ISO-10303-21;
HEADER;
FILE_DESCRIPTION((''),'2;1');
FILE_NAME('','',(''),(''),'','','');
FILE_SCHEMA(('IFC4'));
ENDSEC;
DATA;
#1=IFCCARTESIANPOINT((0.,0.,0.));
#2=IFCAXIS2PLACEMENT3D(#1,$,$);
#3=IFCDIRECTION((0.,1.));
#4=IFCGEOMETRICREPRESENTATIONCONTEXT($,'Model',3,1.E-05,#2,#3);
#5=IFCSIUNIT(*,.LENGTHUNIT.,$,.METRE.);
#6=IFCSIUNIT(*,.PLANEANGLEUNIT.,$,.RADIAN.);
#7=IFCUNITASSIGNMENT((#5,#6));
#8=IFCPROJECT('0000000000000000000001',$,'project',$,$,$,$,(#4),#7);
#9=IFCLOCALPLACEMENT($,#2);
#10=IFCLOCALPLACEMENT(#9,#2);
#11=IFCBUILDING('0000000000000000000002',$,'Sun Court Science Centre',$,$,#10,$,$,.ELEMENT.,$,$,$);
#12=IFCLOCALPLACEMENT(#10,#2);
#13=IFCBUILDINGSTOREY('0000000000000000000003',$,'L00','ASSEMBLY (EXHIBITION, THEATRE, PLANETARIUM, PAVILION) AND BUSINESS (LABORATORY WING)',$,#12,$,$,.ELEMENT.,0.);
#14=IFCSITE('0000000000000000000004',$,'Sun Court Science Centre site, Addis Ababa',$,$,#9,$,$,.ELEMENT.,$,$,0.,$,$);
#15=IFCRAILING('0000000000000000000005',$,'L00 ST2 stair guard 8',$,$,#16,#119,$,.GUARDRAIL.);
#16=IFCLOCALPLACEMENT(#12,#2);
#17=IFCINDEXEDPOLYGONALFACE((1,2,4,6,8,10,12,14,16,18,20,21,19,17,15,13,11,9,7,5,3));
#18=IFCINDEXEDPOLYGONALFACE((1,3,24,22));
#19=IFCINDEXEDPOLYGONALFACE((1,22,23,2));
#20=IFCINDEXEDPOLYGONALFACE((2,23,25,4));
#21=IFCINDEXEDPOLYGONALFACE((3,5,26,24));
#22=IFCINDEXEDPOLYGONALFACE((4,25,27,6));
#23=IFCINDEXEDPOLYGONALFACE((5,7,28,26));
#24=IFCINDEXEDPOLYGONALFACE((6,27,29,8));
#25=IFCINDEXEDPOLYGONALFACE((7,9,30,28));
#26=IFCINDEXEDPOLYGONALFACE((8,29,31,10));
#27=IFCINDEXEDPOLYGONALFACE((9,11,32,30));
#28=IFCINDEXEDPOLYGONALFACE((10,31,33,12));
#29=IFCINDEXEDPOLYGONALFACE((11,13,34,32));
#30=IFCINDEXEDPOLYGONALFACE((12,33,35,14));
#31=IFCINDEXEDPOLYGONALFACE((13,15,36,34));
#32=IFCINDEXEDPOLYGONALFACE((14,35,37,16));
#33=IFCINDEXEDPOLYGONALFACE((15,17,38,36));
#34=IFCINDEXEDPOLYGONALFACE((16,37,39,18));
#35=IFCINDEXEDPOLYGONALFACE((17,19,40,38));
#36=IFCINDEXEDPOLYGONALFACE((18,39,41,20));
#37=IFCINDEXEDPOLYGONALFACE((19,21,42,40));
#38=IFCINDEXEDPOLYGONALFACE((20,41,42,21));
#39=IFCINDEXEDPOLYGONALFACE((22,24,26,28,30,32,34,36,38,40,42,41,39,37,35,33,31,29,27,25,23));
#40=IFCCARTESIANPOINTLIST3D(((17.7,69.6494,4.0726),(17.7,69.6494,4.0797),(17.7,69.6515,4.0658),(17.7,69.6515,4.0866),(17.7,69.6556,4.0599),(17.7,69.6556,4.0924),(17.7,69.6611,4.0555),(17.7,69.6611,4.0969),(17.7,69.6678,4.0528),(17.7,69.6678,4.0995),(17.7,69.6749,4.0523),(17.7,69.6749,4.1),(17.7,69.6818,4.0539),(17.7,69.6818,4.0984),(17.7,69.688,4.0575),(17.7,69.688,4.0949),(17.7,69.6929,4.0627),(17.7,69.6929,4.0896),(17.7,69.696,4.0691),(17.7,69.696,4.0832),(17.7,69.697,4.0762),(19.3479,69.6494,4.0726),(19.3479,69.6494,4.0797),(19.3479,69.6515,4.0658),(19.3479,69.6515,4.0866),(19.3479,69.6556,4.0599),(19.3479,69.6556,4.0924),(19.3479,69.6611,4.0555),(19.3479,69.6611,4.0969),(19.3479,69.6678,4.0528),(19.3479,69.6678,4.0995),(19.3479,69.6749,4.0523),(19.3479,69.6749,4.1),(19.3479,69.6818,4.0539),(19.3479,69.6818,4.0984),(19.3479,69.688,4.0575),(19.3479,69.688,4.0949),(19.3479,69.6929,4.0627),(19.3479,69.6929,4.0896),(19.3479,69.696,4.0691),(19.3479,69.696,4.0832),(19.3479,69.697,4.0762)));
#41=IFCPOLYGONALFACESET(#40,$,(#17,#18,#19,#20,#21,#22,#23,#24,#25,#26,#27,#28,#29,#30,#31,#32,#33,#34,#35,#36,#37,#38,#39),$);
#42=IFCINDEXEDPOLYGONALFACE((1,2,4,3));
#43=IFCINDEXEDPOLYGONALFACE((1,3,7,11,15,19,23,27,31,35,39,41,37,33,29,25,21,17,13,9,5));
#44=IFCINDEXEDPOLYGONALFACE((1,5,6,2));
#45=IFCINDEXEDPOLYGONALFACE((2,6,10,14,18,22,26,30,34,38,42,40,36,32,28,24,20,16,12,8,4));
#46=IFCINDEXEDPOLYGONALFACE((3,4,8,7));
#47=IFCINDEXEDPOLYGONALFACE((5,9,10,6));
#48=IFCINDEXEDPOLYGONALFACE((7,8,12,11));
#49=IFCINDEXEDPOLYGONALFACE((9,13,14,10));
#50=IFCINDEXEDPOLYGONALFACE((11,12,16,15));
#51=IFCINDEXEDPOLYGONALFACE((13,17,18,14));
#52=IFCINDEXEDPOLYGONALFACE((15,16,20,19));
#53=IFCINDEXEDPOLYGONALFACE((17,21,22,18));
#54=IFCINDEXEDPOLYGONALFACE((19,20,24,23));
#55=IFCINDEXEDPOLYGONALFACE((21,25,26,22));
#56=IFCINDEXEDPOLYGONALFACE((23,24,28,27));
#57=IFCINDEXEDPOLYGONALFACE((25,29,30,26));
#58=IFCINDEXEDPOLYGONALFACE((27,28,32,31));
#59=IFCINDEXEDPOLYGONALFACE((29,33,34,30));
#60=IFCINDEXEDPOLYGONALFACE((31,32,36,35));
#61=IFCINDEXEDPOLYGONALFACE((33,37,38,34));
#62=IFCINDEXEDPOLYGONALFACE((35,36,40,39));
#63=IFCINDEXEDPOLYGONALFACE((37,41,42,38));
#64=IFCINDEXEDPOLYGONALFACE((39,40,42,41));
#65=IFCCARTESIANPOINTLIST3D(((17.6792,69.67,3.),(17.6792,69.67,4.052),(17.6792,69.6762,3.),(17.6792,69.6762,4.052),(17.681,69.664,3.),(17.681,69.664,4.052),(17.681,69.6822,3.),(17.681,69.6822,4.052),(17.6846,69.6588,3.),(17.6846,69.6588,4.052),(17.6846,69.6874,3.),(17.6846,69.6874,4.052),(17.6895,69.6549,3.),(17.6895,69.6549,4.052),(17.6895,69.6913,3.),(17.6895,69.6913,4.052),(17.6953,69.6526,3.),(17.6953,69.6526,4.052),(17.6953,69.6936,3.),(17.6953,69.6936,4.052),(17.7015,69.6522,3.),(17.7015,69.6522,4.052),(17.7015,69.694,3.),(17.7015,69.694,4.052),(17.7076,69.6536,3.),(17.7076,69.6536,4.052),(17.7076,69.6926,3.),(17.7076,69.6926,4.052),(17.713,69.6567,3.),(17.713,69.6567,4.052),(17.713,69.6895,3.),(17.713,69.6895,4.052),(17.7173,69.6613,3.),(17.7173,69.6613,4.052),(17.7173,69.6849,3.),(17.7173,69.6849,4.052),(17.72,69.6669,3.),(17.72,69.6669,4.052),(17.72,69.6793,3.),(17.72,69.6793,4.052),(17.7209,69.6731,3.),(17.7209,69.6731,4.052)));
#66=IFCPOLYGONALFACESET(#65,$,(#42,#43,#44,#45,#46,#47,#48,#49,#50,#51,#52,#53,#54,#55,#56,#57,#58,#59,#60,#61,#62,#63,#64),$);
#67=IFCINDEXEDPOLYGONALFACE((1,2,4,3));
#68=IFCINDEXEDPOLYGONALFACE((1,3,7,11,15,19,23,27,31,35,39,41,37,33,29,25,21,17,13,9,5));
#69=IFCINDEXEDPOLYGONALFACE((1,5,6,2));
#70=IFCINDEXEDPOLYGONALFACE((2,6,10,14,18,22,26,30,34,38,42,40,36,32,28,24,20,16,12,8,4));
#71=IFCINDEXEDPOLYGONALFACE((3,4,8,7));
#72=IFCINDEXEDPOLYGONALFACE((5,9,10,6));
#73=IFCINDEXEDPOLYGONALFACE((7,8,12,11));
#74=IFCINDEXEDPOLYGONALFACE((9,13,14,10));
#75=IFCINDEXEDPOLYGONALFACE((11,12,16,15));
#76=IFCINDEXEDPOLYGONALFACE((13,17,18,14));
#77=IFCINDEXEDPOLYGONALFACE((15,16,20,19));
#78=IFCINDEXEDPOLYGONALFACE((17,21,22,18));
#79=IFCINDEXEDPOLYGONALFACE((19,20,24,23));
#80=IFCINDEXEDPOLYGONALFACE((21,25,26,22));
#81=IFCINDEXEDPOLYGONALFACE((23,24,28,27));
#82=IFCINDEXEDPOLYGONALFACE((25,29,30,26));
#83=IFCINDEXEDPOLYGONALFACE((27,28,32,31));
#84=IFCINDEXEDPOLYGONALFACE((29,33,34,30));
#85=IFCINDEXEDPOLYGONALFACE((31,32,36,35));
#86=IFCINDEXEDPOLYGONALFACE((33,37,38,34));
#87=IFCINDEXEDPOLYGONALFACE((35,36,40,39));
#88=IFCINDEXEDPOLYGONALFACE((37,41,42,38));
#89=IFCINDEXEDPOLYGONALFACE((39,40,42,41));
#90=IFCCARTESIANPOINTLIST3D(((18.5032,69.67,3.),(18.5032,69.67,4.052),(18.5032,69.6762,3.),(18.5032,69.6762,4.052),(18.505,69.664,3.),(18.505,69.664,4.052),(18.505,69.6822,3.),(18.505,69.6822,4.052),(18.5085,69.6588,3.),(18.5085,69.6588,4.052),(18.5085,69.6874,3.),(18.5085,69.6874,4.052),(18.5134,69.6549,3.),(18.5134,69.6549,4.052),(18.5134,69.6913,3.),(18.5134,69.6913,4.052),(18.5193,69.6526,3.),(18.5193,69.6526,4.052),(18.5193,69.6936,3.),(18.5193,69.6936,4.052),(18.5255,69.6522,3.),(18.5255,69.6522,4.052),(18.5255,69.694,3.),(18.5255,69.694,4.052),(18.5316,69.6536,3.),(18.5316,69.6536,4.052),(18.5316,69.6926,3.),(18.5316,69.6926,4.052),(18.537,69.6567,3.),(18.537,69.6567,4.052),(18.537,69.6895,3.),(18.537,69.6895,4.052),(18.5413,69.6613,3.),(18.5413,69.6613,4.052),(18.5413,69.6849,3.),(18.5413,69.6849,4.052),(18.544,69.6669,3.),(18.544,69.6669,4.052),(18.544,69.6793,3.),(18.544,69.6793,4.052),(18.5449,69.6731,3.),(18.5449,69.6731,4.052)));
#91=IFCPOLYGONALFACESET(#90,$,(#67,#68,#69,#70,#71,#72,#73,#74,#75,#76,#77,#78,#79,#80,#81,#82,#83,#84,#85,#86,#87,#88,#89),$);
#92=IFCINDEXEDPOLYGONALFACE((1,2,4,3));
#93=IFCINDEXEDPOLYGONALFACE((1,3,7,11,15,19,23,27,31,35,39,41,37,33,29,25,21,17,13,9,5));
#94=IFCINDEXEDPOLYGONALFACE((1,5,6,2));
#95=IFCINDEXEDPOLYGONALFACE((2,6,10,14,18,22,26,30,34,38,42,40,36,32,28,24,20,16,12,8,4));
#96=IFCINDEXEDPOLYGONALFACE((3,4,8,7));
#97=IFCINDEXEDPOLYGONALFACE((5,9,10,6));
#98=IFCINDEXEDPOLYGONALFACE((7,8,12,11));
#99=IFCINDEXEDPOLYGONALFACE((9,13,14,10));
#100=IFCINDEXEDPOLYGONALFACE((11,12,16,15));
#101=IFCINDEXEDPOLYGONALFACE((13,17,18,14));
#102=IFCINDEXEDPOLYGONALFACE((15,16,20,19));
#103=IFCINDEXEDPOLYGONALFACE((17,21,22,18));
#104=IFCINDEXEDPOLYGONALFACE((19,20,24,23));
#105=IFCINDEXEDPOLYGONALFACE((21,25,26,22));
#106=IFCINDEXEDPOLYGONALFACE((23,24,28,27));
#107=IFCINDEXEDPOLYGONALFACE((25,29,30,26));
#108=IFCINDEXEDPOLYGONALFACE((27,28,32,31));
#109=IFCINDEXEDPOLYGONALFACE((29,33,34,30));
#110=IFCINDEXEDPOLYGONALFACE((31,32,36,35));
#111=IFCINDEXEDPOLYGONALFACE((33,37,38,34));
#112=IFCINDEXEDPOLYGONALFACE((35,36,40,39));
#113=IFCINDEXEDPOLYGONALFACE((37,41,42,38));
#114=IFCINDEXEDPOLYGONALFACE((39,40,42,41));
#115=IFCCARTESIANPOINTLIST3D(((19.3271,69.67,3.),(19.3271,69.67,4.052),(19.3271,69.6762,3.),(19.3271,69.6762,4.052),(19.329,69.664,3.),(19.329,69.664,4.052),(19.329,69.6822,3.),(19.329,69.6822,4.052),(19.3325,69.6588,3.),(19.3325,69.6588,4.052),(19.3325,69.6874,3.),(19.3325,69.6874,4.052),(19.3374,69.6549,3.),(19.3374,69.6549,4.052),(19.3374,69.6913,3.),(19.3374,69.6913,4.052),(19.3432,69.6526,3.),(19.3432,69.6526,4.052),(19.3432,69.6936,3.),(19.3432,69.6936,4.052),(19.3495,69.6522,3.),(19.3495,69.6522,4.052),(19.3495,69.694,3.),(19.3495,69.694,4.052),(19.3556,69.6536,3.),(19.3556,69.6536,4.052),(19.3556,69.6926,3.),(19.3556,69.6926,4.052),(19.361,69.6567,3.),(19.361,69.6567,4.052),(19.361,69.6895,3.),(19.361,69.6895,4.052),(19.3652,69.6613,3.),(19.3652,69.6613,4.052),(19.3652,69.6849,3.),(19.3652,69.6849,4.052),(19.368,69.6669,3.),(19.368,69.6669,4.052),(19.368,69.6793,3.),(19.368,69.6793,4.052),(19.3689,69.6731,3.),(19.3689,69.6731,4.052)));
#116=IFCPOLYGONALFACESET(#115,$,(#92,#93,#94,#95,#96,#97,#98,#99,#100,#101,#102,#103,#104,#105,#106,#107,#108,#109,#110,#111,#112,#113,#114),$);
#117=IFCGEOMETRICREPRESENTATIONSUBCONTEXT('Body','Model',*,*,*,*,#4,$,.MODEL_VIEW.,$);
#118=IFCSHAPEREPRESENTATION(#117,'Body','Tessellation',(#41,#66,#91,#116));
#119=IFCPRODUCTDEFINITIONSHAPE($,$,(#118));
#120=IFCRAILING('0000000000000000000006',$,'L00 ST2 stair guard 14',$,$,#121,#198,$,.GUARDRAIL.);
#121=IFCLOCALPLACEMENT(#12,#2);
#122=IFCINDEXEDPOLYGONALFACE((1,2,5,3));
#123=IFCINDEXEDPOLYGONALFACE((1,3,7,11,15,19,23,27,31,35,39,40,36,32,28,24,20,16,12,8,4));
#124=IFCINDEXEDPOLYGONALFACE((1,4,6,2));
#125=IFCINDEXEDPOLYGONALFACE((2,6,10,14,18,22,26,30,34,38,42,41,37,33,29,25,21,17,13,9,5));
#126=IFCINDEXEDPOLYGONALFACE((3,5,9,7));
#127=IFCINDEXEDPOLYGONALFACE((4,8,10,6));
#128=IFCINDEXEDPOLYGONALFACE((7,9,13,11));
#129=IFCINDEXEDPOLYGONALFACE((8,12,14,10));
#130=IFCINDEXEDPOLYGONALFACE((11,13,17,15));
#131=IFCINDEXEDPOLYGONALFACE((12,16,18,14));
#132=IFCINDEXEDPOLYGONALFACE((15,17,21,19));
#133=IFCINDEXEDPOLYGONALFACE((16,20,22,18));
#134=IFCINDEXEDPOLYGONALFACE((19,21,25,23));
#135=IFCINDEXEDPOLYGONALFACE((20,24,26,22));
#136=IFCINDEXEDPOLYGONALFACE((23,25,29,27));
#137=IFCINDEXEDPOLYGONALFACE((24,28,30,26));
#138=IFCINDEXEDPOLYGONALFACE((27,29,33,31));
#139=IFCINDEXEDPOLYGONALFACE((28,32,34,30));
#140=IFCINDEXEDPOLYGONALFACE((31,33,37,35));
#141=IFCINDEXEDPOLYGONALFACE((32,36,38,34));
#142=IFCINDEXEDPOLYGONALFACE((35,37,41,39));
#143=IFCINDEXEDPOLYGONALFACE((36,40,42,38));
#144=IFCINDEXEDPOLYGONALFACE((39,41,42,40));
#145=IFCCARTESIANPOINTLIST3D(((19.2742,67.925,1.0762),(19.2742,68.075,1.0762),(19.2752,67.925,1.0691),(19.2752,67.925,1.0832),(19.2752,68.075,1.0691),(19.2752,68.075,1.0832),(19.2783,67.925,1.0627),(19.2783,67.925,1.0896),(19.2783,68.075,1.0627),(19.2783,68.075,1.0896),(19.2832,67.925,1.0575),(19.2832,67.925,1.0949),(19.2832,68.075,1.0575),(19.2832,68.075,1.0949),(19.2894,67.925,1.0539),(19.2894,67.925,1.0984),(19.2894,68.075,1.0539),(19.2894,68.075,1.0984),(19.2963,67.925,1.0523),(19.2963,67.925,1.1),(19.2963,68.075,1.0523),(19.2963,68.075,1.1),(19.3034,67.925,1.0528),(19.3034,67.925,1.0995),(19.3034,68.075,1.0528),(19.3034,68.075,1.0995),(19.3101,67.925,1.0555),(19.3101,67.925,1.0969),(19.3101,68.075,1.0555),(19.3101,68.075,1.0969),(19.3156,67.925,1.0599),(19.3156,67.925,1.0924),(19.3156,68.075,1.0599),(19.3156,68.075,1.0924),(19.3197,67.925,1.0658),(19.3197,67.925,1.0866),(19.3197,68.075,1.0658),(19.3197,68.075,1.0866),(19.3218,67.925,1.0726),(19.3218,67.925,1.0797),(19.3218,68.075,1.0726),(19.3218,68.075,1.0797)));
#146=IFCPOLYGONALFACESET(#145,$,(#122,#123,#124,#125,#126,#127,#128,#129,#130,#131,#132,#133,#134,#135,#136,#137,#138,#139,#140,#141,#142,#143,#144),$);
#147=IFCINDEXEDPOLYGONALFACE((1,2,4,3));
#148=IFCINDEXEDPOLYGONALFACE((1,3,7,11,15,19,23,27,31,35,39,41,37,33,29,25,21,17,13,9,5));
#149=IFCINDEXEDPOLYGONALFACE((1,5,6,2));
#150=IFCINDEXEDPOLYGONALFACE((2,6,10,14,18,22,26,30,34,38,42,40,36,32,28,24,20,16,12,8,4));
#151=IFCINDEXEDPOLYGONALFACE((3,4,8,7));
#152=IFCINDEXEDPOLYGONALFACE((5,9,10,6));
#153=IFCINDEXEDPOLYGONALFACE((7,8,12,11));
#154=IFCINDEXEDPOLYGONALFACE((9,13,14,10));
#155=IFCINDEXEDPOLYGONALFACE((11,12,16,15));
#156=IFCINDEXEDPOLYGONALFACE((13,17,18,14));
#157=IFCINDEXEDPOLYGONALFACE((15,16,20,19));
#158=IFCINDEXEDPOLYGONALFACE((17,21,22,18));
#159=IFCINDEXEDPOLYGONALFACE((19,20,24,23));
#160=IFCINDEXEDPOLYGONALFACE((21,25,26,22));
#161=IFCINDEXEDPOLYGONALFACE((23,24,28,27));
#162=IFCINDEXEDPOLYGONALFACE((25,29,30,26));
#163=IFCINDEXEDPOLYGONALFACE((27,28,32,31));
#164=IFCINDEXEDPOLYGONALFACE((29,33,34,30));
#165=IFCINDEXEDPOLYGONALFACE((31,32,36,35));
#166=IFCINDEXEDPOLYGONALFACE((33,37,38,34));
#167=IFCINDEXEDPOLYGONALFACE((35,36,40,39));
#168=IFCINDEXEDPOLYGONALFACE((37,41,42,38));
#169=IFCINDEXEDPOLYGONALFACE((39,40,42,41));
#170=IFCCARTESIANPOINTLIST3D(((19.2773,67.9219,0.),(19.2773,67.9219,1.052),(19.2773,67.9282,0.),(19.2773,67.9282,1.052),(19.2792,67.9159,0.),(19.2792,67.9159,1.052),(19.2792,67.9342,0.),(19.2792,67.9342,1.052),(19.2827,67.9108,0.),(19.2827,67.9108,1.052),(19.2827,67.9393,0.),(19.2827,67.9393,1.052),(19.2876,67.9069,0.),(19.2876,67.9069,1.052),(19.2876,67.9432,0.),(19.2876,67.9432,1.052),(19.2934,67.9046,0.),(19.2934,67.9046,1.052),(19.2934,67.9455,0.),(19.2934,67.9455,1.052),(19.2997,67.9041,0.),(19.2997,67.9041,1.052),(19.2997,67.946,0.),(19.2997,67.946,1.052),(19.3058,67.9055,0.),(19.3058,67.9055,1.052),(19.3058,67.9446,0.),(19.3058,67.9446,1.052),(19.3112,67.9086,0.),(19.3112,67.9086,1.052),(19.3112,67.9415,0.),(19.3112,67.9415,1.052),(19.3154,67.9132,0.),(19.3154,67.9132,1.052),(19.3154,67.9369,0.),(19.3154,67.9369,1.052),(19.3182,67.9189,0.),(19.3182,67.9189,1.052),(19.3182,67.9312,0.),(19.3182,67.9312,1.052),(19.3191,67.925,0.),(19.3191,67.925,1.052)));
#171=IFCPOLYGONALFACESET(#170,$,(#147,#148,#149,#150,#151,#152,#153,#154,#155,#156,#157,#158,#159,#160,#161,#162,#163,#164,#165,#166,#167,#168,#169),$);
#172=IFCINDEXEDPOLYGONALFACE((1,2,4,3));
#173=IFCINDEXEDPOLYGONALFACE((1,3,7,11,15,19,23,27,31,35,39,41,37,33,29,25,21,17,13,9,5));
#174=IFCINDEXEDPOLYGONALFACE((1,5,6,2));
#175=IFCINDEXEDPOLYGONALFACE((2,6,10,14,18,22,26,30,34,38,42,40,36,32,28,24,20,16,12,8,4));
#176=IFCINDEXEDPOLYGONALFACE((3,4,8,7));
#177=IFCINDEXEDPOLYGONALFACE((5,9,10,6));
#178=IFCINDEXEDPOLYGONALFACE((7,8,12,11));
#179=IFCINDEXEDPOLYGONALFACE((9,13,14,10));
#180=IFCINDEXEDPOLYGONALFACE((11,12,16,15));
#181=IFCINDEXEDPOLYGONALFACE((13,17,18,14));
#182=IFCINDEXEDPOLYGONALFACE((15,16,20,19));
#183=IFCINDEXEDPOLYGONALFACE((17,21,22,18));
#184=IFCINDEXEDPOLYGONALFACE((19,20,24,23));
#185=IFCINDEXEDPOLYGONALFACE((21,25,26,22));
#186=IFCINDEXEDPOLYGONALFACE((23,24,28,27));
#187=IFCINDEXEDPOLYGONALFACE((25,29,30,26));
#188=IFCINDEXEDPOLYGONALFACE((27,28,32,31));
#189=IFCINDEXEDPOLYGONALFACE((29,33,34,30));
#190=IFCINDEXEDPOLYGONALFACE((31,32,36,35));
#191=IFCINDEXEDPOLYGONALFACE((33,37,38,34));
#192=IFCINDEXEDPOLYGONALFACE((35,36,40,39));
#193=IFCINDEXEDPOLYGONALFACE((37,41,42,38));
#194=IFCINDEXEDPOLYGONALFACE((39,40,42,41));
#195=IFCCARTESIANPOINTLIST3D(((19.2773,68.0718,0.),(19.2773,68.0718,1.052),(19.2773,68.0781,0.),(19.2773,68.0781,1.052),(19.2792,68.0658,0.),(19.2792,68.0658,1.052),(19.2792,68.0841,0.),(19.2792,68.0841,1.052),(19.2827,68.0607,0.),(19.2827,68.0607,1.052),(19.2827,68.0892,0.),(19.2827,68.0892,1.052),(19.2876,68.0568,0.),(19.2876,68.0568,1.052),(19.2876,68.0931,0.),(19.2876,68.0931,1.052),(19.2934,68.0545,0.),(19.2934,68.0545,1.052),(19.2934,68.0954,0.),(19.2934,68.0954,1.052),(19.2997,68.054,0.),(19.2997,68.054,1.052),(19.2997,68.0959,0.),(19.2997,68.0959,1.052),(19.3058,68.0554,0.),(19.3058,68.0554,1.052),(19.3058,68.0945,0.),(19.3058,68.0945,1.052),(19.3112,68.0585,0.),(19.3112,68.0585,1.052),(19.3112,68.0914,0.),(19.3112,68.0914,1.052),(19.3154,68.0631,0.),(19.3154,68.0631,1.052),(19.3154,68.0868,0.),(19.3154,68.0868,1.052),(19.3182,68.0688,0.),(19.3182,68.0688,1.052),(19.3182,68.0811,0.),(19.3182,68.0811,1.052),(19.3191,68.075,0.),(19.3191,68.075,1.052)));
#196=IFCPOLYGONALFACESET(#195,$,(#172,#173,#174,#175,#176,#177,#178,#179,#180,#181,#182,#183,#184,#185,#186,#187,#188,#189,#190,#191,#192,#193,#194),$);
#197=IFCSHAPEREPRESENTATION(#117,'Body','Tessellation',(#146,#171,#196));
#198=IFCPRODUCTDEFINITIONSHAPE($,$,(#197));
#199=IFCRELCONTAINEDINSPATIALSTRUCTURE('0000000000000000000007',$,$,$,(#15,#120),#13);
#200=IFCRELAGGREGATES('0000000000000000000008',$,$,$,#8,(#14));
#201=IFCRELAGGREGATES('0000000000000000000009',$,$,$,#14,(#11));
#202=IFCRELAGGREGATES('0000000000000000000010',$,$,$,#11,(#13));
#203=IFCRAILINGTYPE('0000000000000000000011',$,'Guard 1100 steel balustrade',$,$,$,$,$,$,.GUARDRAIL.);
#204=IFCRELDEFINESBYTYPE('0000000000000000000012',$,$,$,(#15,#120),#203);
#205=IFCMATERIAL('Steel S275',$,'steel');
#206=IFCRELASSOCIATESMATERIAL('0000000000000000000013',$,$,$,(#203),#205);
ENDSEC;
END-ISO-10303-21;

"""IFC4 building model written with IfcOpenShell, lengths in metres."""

from ifc_helpers import new_model, si_unit, direction, frame, origin, origin_2d, place, context, subcontext, project, spatial, circle, extrude, material, type_object, element, save


model = new_model("IFC4")

# Units and contexts
model_context = context("Model", 3, precision=1e-05, world=origin(), true_north=direction((0.0, 1.0)))
body_context = subcontext(model_context, "Body", "Model", "MODEL_VIEW")
ifc_project = project(units=[si_unit("LENGTHUNIT", "METRE"), si_unit("PLANEANGLEUNIT", "RADIAN")], contexts=[model_context])

# Site, building, storey
site_placement = place(None, origin())
site = spatial("IfcSite", under=ifc_project, at=site_placement, Name="Sun Court Science Centre site, Addis Ababa", CompositionType="ELEMENT", RefElevation=0.0)
building_placement = place(site_placement, origin())
building = spatial("IfcBuilding", under=site, at=building_placement, Name="Sun Court Science Centre", CompositionType="ELEMENT")
storey_placement = place(building_placement, origin())
storey = spatial("IfcBuildingStorey", under=building, at=storey_placement, Name="L00", Description="ASSEMBLY (EXHIBITION, THEATRE, PLANETARIUM, PAVILION) AND BUSINESS (LABORATORY WING)", CompositionType="ELEMENT", Elevation=0.0)

# Railings
ifc_material_1 = material(Name="Steel S275", Category="steel")
railing_type_1 = type_object("IfcRailingType", Name="Guard 1100 steel balustrade", PredefinedType="GUARDRAIL", material=ifc_material_1)
for number, where, name in (
    (1, (17.7, 69.6731, 3.0), "L00 ST2 stair guard 8"),
):
    element("IfcRailing", number, at=place(storey_placement, frame(where)), inside=storey, type_object=railing_type_1, Name=name, PredefinedType="GUARDRAIL", context=body_context, shape_type="SweptSolid", body=[
        extrude(circle(Radius=0.0239, at=origin_2d()), frame((0.0, 0.0, 1.0762), z_axis=(1.0, 0.0, 0.0), x_axis=(0.0, 1.0, 0.0)), (0.0, 0.0, 1.0), 1.6479),
        extrude(circle(Radius=0.021, at=origin_2d()), origin(), (0.0, 0.0, 1.0), 1.052),
        extrude(circle(Radius=0.021, at=origin_2d()), frame((0.824, 0.0, 0.0)), (0.0, 0.0, 1.0), 1.052),
        extrude(circle(Radius=0.021, at=origin_2d()), frame((1.6479, 0.0, 0.0)), (0.0, 0.0, 1.0), 1.052),
    ])
railing_1_placement = place(storey_placement, frame((19.2981, 67.925, 0.0)))
element("IfcRailing", 2, at=railing_1_placement, inside=storey, type_object=railing_type_1, Name="L00 ST2 stair guard 14", PredefinedType="GUARDRAIL", context=body_context, shape_type="SweptSolid", body=[
    extrude(circle(Radius=0.0239, at=origin_2d()), frame((0.0, 0.0, 1.0762), z_axis=(0.0, 1.0, 0.0), x_axis=(-1.0, 0.0, 0.0)), (0.0, 0.0, 1.0), 0.1499),
    extrude(circle(Radius=0.021, at=origin_2d()), origin(), (0.0, 0.0, 1.0), 1.052),
    extrude(circle(Radius=0.021, at=origin_2d()), frame((0.0, 0.1499, 0.0)), (0.0, 0.0, 1.0), 1.052),
])

save(model, "model.ifc")
